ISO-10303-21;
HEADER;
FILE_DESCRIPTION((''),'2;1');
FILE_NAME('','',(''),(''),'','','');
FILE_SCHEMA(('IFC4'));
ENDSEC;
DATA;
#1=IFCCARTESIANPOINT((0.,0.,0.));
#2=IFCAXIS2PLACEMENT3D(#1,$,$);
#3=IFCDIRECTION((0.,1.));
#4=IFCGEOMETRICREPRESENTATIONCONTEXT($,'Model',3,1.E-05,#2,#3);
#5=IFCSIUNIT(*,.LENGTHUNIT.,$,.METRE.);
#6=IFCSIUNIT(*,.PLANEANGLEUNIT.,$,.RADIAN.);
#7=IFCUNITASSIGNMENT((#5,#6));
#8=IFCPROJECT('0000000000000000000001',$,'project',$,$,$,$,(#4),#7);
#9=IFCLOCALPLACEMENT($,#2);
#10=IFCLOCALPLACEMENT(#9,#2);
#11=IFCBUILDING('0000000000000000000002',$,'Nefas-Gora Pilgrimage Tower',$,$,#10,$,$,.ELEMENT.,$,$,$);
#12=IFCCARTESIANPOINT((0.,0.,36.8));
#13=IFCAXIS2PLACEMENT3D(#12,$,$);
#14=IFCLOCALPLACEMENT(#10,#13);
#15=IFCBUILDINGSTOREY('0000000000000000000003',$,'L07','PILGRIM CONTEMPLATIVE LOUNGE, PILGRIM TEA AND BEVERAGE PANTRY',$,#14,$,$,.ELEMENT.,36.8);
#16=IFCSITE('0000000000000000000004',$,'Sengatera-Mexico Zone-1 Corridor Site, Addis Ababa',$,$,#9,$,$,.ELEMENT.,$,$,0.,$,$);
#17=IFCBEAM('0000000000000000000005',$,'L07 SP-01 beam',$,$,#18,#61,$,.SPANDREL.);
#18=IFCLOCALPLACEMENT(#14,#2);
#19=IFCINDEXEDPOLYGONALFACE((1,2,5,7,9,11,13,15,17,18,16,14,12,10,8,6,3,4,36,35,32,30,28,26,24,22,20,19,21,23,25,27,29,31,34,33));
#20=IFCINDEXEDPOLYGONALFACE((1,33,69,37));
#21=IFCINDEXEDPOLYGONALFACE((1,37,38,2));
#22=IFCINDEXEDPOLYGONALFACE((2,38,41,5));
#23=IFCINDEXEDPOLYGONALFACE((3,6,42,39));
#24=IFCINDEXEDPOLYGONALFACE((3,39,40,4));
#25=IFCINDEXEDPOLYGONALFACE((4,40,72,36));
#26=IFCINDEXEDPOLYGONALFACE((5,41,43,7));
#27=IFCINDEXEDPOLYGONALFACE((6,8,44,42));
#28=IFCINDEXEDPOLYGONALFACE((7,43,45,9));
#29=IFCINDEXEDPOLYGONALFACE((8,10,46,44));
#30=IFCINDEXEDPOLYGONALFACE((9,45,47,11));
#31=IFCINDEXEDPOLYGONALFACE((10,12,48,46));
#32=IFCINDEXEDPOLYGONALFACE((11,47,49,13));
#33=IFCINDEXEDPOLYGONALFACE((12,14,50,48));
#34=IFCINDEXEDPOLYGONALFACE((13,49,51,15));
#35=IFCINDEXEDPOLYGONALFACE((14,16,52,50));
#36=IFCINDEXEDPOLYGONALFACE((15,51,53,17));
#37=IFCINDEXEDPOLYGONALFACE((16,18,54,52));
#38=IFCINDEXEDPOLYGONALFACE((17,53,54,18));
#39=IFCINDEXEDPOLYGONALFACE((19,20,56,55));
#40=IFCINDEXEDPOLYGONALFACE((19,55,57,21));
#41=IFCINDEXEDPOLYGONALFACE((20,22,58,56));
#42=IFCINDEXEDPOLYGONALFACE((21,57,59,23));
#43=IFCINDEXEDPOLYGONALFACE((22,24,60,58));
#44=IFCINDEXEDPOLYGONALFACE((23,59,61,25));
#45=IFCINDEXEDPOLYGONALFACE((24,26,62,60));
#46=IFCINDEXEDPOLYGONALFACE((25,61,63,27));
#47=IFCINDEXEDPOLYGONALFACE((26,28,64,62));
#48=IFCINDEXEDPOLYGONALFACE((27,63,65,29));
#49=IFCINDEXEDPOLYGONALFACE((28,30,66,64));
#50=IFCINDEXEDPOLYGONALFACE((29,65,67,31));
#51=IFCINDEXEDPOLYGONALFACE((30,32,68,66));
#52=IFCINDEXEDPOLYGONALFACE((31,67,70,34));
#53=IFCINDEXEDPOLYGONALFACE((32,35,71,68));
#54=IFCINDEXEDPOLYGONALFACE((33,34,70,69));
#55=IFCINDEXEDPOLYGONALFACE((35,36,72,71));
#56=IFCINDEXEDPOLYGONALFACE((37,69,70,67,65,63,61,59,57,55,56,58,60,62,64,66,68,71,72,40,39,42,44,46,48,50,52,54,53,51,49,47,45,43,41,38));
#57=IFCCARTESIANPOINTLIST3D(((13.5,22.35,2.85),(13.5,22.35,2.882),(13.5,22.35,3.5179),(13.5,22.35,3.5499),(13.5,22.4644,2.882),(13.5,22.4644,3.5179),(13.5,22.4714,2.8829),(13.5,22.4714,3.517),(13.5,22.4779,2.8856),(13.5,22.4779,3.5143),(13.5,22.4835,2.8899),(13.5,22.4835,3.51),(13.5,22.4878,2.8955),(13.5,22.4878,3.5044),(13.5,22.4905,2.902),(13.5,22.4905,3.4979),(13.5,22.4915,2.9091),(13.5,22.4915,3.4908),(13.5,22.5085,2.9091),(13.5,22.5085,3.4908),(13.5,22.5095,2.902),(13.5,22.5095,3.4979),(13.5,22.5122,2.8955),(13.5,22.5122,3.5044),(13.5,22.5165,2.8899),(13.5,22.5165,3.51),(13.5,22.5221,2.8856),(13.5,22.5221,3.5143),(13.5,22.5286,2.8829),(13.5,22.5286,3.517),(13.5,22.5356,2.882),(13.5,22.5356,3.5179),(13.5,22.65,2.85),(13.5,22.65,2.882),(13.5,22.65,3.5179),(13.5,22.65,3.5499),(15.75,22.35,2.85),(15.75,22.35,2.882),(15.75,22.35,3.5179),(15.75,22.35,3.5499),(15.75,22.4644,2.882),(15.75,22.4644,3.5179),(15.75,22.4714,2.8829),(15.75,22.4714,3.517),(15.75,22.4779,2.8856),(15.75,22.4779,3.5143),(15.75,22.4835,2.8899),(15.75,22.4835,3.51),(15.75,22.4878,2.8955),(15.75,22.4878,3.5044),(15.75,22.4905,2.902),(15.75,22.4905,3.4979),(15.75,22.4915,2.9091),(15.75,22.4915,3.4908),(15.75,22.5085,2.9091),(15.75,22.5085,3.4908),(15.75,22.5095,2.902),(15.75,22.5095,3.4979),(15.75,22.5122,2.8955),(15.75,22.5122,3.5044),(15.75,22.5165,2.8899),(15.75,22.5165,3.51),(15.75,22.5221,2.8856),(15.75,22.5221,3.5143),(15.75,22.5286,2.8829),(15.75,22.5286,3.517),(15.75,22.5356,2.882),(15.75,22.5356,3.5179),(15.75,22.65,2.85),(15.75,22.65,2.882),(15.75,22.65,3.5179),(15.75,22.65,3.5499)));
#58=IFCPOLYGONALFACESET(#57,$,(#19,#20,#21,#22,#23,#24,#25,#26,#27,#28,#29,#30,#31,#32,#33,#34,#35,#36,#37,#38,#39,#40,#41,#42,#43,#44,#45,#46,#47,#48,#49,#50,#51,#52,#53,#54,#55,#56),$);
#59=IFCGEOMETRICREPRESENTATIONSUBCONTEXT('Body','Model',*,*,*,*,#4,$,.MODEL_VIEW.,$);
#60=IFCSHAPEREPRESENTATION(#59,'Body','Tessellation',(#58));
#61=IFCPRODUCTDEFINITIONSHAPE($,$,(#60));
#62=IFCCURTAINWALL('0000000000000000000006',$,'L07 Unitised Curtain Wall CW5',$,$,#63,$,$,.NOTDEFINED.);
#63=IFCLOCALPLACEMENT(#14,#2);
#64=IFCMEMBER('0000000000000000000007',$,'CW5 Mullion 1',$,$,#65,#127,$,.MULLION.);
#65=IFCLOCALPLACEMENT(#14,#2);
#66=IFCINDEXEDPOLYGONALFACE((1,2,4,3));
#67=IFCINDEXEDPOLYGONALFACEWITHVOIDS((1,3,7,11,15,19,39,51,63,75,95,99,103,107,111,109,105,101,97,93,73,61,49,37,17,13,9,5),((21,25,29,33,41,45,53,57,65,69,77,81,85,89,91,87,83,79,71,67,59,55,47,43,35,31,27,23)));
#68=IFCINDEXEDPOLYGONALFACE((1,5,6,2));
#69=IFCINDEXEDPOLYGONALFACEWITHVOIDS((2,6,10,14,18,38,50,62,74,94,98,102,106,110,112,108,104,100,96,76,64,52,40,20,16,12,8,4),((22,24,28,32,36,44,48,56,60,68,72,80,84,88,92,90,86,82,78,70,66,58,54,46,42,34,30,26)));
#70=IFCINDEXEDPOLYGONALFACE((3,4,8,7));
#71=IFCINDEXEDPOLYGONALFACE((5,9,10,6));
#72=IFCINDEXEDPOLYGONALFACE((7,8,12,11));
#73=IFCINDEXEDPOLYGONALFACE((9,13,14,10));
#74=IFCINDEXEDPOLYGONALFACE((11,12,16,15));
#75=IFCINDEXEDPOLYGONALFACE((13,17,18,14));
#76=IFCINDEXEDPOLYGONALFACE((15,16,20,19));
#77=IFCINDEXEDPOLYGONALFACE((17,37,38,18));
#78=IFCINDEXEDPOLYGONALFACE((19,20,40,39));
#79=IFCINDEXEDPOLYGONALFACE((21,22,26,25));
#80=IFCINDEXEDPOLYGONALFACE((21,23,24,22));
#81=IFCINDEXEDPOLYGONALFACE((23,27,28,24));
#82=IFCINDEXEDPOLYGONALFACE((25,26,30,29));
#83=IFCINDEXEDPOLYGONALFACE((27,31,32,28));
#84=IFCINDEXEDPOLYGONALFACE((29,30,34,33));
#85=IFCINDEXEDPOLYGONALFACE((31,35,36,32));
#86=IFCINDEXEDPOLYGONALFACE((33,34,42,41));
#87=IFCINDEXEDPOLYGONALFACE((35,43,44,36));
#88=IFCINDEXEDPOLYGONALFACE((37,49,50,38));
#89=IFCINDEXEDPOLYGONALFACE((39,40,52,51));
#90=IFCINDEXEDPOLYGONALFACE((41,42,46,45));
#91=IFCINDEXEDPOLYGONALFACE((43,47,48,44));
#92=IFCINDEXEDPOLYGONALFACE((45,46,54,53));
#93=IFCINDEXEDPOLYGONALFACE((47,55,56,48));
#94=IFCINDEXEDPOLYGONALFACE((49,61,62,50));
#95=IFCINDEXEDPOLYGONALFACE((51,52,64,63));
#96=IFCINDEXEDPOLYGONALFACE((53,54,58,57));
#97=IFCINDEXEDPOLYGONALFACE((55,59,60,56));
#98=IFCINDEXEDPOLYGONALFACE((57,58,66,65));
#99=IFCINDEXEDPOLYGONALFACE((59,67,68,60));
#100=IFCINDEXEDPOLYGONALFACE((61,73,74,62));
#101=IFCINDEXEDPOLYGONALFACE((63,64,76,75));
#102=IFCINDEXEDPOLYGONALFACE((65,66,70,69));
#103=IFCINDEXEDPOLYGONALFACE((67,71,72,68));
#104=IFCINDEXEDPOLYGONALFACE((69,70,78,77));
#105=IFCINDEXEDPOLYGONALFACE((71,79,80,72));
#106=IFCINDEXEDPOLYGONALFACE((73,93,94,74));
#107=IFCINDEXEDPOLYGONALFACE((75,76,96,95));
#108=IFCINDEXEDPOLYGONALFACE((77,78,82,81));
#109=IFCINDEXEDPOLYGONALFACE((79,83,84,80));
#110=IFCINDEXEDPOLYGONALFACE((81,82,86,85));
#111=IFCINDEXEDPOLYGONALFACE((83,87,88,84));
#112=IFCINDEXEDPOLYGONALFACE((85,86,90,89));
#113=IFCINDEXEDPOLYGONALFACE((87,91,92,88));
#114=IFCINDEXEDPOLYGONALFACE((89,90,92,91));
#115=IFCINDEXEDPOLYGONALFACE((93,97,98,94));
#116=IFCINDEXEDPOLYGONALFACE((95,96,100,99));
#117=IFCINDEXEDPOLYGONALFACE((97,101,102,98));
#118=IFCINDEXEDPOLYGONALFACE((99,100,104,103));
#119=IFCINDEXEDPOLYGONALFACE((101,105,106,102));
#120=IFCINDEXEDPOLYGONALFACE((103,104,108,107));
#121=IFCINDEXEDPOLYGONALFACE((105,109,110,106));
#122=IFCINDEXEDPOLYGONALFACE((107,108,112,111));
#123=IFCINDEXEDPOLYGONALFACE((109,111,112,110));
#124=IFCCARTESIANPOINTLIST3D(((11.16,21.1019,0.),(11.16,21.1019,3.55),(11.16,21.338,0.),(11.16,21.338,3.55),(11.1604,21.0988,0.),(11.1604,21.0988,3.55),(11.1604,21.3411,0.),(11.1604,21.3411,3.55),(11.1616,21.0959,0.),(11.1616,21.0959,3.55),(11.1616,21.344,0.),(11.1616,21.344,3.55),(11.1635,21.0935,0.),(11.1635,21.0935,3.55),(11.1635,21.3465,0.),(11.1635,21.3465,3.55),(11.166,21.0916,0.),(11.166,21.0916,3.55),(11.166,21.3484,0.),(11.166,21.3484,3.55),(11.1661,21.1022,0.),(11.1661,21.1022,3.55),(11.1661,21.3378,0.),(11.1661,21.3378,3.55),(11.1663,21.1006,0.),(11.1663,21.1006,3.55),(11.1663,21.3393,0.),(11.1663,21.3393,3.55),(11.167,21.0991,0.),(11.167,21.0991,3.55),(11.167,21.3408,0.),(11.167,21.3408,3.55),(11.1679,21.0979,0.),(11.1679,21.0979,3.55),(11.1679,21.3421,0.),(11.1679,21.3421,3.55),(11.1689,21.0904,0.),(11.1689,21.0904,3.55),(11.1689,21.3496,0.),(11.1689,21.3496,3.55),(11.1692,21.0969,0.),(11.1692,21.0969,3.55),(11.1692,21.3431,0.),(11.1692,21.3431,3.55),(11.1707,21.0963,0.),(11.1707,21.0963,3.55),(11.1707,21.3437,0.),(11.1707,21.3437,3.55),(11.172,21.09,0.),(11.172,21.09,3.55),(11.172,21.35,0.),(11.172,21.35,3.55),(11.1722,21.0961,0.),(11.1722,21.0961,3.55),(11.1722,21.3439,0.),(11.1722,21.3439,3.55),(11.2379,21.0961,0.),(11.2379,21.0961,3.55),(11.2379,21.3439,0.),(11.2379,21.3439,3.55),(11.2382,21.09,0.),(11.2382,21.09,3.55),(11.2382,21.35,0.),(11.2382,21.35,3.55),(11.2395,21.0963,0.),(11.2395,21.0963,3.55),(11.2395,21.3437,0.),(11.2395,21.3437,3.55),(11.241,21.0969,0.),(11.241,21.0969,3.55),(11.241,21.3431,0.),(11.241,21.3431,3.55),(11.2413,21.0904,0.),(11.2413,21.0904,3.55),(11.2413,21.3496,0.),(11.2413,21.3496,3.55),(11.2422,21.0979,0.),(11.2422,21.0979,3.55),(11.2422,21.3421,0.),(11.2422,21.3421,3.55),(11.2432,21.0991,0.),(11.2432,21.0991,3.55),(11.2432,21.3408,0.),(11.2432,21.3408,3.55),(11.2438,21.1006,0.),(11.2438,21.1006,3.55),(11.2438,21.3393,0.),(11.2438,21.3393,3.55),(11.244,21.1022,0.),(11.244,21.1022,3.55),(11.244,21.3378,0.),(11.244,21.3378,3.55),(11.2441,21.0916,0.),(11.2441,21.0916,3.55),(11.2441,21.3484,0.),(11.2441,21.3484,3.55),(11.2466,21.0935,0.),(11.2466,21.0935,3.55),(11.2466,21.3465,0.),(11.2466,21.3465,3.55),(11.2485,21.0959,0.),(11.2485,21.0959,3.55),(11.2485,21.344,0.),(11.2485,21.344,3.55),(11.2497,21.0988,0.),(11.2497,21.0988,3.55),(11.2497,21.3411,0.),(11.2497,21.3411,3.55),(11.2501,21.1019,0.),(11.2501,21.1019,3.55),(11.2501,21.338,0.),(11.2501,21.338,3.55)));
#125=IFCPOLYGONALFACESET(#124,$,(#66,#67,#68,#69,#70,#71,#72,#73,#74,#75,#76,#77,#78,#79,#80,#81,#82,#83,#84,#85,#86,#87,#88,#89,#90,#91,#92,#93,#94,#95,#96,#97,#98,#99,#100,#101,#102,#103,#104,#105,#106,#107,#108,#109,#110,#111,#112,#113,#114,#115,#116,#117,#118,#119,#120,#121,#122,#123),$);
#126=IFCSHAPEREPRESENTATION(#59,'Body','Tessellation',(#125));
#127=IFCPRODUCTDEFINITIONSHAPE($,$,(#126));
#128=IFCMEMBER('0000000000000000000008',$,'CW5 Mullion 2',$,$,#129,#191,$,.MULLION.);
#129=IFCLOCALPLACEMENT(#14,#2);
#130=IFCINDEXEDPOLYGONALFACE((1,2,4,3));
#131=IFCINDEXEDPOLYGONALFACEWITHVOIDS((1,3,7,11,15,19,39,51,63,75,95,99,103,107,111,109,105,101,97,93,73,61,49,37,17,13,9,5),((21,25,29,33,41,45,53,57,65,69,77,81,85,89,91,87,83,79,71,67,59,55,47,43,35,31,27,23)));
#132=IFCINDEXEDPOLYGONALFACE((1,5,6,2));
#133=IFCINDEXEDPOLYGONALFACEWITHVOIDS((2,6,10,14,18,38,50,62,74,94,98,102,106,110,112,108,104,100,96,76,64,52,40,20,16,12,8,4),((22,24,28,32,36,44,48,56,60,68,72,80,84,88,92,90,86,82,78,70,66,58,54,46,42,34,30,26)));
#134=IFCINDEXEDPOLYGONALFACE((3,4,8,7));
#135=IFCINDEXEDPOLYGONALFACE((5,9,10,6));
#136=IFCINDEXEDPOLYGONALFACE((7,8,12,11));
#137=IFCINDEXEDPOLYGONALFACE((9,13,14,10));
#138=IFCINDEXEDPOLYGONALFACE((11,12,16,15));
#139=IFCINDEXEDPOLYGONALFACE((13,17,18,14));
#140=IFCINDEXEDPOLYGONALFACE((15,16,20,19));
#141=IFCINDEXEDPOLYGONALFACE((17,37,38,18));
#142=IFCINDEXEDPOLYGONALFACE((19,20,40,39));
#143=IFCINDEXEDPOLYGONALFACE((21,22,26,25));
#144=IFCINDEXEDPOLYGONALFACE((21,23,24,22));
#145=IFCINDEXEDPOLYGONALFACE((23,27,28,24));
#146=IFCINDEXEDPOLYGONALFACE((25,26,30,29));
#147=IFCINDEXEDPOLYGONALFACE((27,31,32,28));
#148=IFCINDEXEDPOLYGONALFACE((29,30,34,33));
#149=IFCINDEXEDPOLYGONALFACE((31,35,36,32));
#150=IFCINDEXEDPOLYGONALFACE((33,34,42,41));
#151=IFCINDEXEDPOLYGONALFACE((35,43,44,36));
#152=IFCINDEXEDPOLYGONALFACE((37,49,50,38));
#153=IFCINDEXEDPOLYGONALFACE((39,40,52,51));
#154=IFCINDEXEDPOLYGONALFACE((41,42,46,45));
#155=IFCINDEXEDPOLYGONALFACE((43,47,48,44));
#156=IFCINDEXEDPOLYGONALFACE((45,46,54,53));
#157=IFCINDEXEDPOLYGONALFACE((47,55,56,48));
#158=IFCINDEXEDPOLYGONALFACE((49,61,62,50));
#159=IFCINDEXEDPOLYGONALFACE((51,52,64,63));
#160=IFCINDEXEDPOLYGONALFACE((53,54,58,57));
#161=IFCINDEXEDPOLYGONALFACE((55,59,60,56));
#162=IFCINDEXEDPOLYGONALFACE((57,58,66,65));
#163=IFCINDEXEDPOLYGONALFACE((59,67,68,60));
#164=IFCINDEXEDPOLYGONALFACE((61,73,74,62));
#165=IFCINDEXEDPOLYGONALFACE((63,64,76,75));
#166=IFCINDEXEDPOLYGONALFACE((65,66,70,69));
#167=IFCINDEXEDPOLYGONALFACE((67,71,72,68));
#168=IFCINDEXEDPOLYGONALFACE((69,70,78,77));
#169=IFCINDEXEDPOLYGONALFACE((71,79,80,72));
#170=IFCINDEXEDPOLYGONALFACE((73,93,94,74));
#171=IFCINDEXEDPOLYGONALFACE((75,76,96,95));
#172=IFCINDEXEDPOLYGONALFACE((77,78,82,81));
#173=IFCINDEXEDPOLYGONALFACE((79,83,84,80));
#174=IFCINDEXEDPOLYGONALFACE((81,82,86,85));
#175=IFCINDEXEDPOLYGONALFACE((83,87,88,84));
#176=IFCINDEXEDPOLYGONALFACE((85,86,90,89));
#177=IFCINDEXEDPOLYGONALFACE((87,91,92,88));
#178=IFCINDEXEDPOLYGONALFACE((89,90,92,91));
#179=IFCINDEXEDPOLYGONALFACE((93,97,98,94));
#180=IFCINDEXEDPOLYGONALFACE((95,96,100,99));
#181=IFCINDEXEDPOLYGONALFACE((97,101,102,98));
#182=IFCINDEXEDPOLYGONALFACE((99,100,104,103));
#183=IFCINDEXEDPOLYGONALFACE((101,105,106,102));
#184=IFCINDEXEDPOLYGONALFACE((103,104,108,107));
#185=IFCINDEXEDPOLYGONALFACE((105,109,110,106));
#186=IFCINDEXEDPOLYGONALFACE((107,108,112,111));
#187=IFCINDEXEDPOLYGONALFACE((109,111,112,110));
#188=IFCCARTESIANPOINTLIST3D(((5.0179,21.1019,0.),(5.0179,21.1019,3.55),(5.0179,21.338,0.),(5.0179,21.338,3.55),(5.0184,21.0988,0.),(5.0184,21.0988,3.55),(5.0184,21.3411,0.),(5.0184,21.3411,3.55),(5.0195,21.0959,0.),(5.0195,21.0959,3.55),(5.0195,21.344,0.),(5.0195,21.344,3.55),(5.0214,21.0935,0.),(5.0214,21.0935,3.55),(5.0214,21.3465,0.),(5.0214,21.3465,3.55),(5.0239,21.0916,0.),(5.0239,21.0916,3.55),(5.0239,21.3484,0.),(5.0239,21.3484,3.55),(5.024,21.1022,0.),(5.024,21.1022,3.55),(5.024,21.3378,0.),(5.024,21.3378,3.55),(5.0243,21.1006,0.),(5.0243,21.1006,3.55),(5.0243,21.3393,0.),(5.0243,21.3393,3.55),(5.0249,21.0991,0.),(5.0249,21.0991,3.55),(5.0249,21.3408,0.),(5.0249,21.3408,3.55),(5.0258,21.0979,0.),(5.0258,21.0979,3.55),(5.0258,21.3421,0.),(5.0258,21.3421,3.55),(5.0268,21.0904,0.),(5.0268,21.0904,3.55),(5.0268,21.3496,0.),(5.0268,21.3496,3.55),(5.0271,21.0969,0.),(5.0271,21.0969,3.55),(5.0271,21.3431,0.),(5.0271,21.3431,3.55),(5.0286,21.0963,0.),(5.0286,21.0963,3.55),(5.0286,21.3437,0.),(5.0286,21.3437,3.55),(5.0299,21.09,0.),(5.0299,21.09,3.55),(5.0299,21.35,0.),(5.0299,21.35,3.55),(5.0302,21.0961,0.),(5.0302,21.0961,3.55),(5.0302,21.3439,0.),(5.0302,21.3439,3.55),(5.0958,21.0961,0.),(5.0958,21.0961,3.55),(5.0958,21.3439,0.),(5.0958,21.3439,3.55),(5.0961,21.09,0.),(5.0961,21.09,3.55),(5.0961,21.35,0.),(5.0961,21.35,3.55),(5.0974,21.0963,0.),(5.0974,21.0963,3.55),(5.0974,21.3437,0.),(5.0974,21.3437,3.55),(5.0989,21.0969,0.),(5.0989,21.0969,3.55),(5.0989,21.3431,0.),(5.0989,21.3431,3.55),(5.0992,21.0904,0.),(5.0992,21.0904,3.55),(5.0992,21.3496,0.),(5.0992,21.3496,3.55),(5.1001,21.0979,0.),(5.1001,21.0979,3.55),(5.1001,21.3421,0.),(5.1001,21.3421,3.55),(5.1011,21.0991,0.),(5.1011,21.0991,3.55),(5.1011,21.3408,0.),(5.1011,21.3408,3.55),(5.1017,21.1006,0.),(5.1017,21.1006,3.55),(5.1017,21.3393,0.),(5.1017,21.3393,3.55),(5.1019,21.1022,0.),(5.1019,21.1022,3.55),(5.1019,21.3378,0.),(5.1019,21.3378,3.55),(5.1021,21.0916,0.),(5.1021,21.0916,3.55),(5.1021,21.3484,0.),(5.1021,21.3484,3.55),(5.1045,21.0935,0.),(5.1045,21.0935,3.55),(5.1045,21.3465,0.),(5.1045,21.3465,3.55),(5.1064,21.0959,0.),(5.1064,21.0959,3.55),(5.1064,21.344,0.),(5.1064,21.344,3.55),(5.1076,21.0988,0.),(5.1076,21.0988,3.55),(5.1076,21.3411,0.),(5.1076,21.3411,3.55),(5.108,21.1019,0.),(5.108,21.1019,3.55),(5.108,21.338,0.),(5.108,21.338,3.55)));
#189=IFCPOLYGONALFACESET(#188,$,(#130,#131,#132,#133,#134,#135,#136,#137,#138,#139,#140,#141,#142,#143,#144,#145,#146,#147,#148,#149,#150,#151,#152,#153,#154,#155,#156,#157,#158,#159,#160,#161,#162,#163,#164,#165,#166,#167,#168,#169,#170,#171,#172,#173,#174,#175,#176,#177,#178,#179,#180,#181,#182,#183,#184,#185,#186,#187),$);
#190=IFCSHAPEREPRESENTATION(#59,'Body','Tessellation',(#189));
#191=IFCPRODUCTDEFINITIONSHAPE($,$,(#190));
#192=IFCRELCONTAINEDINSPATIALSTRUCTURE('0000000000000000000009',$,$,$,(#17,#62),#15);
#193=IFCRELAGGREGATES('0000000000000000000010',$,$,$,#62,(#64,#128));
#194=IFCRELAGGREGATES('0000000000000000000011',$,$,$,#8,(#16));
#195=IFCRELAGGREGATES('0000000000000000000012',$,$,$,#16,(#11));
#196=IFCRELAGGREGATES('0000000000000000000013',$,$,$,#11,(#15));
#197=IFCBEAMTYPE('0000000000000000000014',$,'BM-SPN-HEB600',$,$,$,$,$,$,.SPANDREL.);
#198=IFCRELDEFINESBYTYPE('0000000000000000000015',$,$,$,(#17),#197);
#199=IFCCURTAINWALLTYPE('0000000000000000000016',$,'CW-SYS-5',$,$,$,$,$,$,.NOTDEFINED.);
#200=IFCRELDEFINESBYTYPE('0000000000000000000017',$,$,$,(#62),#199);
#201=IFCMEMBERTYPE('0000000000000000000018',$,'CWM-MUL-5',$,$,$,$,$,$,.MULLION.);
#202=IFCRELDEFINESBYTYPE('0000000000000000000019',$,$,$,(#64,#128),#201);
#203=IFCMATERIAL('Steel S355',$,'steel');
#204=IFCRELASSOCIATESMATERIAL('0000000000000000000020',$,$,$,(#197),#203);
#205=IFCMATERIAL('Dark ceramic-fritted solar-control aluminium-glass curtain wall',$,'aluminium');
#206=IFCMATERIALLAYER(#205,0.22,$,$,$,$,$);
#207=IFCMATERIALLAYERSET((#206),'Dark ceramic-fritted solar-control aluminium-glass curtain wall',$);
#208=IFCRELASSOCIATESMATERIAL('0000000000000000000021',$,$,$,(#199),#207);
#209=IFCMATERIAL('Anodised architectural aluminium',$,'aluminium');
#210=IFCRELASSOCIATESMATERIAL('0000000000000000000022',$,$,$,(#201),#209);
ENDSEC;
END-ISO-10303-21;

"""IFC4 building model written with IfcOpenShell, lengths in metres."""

from ifc_helpers import new_model, si_unit, direction, frame, origin, origin_2d, place, context, subcontext, project, spatial, hollow_rectangle, i_section, extrude, source, transform, mapped, material, layer, layer_set, material_profile, profile_set, type_object, element, aggregate, save


model = new_model("IFC4")

# Units and contexts
model_context = context("Model", 3, precision=1e-05, world=origin(), true_north=direction((0.0, 1.0)))
body_context = subcontext(model_context, "Body", "Model", "MODEL_VIEW")
ifc_project = project(units=[si_unit("LENGTHUNIT", "METRE"), si_unit("PLANEANGLEUNIT", "RADIAN")], contexts=[model_context])

# Site, building, storey
site_placement = place(None, origin())
site = spatial("IfcSite", under=ifc_project, at=site_placement, Name="Sengatera-Mexico Zone-1 Corridor Site, Addis Ababa", CompositionType="ELEMENT", RefElevation=0.0)
building_placement = place(site_placement, origin())
building = spatial("IfcBuilding", under=site, at=building_placement, Name="Nefas-Gora Pilgrimage Tower", CompositionType="ELEMENT")
storey_placement = place(building_placement, frame((0.0, 0.0, 36.8)))
storey = spatial("IfcBuildingStorey", under=building, at=storey_placement, Name="L07", Description="PILGRIM CONTEMPLATIVE LOUNGE, PILGRIM TEA AND BEVERAGE PANTRY", CompositionType="ELEMENT", Elevation=36.8)

# Beam
ifc_material_1 = material(Name="Steel S355", Category="steel")
ifc_material_profile_1 = material_profile(ifc_material_1, i_section(OverallWidth=0.3, OverallDepth=0.7, WebThickness=0.0171, FlangeThickness=0.032, FilletRadius=0.0271, at=origin_2d()), Name="HEB 700")
ifc_profile_set_1 = profile_set([ifc_material_profile_1], Name="Steel S355")
beam_type_1 = type_object("IfcBeamType", Name="BM-SPN-HEB600", PredefinedType="SPANDREL", material=ifc_profile_set_1)
shared_shape_1 = source(origin(), body_context, "Body", "SweptSolid", [
    extrude(i_section(OverallWidth=0.3, OverallDepth=0.7, WebThickness=0.0171, FlangeThickness=0.032, FilletRadius=0.0271, at=origin_2d()), origin(), (0.0, 0.0, 1.0), 2.25),
])
beam_1_placement = place(storey_placement, frame((13.5, 22.5, 3.2), z_axis=(1.0, 0.0, 0.0), x_axis=(0.0, 1.0, 0.0)))
element("IfcBeam", 1, at=beam_1_placement, inside=storey, type_object=beam_type_1, Name="L07 SP-01 beam", PredefinedType="SPANDREL", context=body_context, shape_type="MappedRepresentation", body=[
    mapped(shared_shape_1, transform((0.0, 0.0, 0.0), x_axis=(1.0, 0.0, 0.0), y_axis=(0.0, 1.0, 0.0), z_axis=(0.0, 0.0, 1.0), scale=1.0)),
])

# Curtain wall, members
ifc_material_2 = material(Name="Dark ceramic-fritted solar-control aluminium-glass curtain wall", Category="aluminium")
ifc_layer_1 = layer(ifc_material_2, 0.22)
ifc_layer_set_1 = layer_set([ifc_layer_1], Name="Dark ceramic-fritted solar-control aluminium-glass curtain wall")
curtain_wall_type_1 = type_object("IfcCurtainWallType", Name="CW-SYS-5", PredefinedType="NOTDEFINED", material=ifc_layer_set_1)
curtain_wall_1_placement = place(storey_placement, origin())
curtain_wall_1 = element("IfcCurtainWall", 2, at=curtain_wall_1_placement, inside=storey, type_object=curtain_wall_type_1, Name="L07 Unitised Curtain Wall CW5", PredefinedType="NOTDEFINED")
ifc_material_3 = material(Name="Anodised architectural aluminium", Category="aluminium")
ifc_material_profile_2 = material_profile(ifc_material_3, hollow_rectangle(XDim=0.0901, YDim=0.26, WallThickness=0.0061, InnerFilletRadius=0.0061, OuterFilletRadius=0.012, at=origin_2d()), Name="ALU MULLION 90x260")
ifc_profile_set_2 = profile_set([ifc_material_profile_2], Name="Anodised architectural aluminium")
member_type_1 = type_object("IfcMemberType", Name="CWM-MUL-5", PredefinedType="MULLION", material=ifc_profile_set_2)
shared_shape_2 = source(origin(), body_context, "Body", "SweptSolid", [
    extrude(hollow_rectangle(XDim=0.0901, YDim=0.26, WallThickness=0.0061, InnerFilletRadius=0.0061, OuterFilletRadius=0.012, at=origin_2d()), origin(), (0.0, 0.0, 1.0), 3.55),
])
member_1_placement = place(storey_placement, frame((11.2051, 21.22, 0.0), z_axis=(0.0, 0.0, 1.0), x_axis=(-1.0, 0.0, 0.0)))
member_1 = element("IfcMember", 3, at=member_1_placement, type_object=member_type_1, Name="CW5 Mullion 1", PredefinedType="MULLION", context=body_context, shape_type="MappedRepresentation", body=[
    mapped(shared_shape_2, transform((0.0, 0.0, 0.0), x_axis=(1.0, 0.0, 0.0), y_axis=(0.0, 1.0, 0.0), z_axis=(0.0, 0.0, 1.0), scale=1.0)),
])
member_2_placement = place(storey_placement, frame((5.063, 21.22, 0.0), z_axis=(0.0, 0.0, 1.0), x_axis=(-1.0, 0.0, 0.0)))
member_2 = element("IfcMember", 4, at=member_2_placement, type_object=member_type_1, Name="CW5 Mullion 2", PredefinedType="MULLION", context=body_context, shape_type="MappedRepresentation", body=[
    mapped(shared_shape_2, transform((0.0, 0.0, 0.0), x_axis=(1.0, 0.0, 0.0), y_axis=(0.0, 1.0, 0.0), z_axis=(0.0, 0.0, 1.0), scale=1.0)),
])

aggregate(curtain_wall_1, [member_1, member_2])

save(model, "model.ifc")
